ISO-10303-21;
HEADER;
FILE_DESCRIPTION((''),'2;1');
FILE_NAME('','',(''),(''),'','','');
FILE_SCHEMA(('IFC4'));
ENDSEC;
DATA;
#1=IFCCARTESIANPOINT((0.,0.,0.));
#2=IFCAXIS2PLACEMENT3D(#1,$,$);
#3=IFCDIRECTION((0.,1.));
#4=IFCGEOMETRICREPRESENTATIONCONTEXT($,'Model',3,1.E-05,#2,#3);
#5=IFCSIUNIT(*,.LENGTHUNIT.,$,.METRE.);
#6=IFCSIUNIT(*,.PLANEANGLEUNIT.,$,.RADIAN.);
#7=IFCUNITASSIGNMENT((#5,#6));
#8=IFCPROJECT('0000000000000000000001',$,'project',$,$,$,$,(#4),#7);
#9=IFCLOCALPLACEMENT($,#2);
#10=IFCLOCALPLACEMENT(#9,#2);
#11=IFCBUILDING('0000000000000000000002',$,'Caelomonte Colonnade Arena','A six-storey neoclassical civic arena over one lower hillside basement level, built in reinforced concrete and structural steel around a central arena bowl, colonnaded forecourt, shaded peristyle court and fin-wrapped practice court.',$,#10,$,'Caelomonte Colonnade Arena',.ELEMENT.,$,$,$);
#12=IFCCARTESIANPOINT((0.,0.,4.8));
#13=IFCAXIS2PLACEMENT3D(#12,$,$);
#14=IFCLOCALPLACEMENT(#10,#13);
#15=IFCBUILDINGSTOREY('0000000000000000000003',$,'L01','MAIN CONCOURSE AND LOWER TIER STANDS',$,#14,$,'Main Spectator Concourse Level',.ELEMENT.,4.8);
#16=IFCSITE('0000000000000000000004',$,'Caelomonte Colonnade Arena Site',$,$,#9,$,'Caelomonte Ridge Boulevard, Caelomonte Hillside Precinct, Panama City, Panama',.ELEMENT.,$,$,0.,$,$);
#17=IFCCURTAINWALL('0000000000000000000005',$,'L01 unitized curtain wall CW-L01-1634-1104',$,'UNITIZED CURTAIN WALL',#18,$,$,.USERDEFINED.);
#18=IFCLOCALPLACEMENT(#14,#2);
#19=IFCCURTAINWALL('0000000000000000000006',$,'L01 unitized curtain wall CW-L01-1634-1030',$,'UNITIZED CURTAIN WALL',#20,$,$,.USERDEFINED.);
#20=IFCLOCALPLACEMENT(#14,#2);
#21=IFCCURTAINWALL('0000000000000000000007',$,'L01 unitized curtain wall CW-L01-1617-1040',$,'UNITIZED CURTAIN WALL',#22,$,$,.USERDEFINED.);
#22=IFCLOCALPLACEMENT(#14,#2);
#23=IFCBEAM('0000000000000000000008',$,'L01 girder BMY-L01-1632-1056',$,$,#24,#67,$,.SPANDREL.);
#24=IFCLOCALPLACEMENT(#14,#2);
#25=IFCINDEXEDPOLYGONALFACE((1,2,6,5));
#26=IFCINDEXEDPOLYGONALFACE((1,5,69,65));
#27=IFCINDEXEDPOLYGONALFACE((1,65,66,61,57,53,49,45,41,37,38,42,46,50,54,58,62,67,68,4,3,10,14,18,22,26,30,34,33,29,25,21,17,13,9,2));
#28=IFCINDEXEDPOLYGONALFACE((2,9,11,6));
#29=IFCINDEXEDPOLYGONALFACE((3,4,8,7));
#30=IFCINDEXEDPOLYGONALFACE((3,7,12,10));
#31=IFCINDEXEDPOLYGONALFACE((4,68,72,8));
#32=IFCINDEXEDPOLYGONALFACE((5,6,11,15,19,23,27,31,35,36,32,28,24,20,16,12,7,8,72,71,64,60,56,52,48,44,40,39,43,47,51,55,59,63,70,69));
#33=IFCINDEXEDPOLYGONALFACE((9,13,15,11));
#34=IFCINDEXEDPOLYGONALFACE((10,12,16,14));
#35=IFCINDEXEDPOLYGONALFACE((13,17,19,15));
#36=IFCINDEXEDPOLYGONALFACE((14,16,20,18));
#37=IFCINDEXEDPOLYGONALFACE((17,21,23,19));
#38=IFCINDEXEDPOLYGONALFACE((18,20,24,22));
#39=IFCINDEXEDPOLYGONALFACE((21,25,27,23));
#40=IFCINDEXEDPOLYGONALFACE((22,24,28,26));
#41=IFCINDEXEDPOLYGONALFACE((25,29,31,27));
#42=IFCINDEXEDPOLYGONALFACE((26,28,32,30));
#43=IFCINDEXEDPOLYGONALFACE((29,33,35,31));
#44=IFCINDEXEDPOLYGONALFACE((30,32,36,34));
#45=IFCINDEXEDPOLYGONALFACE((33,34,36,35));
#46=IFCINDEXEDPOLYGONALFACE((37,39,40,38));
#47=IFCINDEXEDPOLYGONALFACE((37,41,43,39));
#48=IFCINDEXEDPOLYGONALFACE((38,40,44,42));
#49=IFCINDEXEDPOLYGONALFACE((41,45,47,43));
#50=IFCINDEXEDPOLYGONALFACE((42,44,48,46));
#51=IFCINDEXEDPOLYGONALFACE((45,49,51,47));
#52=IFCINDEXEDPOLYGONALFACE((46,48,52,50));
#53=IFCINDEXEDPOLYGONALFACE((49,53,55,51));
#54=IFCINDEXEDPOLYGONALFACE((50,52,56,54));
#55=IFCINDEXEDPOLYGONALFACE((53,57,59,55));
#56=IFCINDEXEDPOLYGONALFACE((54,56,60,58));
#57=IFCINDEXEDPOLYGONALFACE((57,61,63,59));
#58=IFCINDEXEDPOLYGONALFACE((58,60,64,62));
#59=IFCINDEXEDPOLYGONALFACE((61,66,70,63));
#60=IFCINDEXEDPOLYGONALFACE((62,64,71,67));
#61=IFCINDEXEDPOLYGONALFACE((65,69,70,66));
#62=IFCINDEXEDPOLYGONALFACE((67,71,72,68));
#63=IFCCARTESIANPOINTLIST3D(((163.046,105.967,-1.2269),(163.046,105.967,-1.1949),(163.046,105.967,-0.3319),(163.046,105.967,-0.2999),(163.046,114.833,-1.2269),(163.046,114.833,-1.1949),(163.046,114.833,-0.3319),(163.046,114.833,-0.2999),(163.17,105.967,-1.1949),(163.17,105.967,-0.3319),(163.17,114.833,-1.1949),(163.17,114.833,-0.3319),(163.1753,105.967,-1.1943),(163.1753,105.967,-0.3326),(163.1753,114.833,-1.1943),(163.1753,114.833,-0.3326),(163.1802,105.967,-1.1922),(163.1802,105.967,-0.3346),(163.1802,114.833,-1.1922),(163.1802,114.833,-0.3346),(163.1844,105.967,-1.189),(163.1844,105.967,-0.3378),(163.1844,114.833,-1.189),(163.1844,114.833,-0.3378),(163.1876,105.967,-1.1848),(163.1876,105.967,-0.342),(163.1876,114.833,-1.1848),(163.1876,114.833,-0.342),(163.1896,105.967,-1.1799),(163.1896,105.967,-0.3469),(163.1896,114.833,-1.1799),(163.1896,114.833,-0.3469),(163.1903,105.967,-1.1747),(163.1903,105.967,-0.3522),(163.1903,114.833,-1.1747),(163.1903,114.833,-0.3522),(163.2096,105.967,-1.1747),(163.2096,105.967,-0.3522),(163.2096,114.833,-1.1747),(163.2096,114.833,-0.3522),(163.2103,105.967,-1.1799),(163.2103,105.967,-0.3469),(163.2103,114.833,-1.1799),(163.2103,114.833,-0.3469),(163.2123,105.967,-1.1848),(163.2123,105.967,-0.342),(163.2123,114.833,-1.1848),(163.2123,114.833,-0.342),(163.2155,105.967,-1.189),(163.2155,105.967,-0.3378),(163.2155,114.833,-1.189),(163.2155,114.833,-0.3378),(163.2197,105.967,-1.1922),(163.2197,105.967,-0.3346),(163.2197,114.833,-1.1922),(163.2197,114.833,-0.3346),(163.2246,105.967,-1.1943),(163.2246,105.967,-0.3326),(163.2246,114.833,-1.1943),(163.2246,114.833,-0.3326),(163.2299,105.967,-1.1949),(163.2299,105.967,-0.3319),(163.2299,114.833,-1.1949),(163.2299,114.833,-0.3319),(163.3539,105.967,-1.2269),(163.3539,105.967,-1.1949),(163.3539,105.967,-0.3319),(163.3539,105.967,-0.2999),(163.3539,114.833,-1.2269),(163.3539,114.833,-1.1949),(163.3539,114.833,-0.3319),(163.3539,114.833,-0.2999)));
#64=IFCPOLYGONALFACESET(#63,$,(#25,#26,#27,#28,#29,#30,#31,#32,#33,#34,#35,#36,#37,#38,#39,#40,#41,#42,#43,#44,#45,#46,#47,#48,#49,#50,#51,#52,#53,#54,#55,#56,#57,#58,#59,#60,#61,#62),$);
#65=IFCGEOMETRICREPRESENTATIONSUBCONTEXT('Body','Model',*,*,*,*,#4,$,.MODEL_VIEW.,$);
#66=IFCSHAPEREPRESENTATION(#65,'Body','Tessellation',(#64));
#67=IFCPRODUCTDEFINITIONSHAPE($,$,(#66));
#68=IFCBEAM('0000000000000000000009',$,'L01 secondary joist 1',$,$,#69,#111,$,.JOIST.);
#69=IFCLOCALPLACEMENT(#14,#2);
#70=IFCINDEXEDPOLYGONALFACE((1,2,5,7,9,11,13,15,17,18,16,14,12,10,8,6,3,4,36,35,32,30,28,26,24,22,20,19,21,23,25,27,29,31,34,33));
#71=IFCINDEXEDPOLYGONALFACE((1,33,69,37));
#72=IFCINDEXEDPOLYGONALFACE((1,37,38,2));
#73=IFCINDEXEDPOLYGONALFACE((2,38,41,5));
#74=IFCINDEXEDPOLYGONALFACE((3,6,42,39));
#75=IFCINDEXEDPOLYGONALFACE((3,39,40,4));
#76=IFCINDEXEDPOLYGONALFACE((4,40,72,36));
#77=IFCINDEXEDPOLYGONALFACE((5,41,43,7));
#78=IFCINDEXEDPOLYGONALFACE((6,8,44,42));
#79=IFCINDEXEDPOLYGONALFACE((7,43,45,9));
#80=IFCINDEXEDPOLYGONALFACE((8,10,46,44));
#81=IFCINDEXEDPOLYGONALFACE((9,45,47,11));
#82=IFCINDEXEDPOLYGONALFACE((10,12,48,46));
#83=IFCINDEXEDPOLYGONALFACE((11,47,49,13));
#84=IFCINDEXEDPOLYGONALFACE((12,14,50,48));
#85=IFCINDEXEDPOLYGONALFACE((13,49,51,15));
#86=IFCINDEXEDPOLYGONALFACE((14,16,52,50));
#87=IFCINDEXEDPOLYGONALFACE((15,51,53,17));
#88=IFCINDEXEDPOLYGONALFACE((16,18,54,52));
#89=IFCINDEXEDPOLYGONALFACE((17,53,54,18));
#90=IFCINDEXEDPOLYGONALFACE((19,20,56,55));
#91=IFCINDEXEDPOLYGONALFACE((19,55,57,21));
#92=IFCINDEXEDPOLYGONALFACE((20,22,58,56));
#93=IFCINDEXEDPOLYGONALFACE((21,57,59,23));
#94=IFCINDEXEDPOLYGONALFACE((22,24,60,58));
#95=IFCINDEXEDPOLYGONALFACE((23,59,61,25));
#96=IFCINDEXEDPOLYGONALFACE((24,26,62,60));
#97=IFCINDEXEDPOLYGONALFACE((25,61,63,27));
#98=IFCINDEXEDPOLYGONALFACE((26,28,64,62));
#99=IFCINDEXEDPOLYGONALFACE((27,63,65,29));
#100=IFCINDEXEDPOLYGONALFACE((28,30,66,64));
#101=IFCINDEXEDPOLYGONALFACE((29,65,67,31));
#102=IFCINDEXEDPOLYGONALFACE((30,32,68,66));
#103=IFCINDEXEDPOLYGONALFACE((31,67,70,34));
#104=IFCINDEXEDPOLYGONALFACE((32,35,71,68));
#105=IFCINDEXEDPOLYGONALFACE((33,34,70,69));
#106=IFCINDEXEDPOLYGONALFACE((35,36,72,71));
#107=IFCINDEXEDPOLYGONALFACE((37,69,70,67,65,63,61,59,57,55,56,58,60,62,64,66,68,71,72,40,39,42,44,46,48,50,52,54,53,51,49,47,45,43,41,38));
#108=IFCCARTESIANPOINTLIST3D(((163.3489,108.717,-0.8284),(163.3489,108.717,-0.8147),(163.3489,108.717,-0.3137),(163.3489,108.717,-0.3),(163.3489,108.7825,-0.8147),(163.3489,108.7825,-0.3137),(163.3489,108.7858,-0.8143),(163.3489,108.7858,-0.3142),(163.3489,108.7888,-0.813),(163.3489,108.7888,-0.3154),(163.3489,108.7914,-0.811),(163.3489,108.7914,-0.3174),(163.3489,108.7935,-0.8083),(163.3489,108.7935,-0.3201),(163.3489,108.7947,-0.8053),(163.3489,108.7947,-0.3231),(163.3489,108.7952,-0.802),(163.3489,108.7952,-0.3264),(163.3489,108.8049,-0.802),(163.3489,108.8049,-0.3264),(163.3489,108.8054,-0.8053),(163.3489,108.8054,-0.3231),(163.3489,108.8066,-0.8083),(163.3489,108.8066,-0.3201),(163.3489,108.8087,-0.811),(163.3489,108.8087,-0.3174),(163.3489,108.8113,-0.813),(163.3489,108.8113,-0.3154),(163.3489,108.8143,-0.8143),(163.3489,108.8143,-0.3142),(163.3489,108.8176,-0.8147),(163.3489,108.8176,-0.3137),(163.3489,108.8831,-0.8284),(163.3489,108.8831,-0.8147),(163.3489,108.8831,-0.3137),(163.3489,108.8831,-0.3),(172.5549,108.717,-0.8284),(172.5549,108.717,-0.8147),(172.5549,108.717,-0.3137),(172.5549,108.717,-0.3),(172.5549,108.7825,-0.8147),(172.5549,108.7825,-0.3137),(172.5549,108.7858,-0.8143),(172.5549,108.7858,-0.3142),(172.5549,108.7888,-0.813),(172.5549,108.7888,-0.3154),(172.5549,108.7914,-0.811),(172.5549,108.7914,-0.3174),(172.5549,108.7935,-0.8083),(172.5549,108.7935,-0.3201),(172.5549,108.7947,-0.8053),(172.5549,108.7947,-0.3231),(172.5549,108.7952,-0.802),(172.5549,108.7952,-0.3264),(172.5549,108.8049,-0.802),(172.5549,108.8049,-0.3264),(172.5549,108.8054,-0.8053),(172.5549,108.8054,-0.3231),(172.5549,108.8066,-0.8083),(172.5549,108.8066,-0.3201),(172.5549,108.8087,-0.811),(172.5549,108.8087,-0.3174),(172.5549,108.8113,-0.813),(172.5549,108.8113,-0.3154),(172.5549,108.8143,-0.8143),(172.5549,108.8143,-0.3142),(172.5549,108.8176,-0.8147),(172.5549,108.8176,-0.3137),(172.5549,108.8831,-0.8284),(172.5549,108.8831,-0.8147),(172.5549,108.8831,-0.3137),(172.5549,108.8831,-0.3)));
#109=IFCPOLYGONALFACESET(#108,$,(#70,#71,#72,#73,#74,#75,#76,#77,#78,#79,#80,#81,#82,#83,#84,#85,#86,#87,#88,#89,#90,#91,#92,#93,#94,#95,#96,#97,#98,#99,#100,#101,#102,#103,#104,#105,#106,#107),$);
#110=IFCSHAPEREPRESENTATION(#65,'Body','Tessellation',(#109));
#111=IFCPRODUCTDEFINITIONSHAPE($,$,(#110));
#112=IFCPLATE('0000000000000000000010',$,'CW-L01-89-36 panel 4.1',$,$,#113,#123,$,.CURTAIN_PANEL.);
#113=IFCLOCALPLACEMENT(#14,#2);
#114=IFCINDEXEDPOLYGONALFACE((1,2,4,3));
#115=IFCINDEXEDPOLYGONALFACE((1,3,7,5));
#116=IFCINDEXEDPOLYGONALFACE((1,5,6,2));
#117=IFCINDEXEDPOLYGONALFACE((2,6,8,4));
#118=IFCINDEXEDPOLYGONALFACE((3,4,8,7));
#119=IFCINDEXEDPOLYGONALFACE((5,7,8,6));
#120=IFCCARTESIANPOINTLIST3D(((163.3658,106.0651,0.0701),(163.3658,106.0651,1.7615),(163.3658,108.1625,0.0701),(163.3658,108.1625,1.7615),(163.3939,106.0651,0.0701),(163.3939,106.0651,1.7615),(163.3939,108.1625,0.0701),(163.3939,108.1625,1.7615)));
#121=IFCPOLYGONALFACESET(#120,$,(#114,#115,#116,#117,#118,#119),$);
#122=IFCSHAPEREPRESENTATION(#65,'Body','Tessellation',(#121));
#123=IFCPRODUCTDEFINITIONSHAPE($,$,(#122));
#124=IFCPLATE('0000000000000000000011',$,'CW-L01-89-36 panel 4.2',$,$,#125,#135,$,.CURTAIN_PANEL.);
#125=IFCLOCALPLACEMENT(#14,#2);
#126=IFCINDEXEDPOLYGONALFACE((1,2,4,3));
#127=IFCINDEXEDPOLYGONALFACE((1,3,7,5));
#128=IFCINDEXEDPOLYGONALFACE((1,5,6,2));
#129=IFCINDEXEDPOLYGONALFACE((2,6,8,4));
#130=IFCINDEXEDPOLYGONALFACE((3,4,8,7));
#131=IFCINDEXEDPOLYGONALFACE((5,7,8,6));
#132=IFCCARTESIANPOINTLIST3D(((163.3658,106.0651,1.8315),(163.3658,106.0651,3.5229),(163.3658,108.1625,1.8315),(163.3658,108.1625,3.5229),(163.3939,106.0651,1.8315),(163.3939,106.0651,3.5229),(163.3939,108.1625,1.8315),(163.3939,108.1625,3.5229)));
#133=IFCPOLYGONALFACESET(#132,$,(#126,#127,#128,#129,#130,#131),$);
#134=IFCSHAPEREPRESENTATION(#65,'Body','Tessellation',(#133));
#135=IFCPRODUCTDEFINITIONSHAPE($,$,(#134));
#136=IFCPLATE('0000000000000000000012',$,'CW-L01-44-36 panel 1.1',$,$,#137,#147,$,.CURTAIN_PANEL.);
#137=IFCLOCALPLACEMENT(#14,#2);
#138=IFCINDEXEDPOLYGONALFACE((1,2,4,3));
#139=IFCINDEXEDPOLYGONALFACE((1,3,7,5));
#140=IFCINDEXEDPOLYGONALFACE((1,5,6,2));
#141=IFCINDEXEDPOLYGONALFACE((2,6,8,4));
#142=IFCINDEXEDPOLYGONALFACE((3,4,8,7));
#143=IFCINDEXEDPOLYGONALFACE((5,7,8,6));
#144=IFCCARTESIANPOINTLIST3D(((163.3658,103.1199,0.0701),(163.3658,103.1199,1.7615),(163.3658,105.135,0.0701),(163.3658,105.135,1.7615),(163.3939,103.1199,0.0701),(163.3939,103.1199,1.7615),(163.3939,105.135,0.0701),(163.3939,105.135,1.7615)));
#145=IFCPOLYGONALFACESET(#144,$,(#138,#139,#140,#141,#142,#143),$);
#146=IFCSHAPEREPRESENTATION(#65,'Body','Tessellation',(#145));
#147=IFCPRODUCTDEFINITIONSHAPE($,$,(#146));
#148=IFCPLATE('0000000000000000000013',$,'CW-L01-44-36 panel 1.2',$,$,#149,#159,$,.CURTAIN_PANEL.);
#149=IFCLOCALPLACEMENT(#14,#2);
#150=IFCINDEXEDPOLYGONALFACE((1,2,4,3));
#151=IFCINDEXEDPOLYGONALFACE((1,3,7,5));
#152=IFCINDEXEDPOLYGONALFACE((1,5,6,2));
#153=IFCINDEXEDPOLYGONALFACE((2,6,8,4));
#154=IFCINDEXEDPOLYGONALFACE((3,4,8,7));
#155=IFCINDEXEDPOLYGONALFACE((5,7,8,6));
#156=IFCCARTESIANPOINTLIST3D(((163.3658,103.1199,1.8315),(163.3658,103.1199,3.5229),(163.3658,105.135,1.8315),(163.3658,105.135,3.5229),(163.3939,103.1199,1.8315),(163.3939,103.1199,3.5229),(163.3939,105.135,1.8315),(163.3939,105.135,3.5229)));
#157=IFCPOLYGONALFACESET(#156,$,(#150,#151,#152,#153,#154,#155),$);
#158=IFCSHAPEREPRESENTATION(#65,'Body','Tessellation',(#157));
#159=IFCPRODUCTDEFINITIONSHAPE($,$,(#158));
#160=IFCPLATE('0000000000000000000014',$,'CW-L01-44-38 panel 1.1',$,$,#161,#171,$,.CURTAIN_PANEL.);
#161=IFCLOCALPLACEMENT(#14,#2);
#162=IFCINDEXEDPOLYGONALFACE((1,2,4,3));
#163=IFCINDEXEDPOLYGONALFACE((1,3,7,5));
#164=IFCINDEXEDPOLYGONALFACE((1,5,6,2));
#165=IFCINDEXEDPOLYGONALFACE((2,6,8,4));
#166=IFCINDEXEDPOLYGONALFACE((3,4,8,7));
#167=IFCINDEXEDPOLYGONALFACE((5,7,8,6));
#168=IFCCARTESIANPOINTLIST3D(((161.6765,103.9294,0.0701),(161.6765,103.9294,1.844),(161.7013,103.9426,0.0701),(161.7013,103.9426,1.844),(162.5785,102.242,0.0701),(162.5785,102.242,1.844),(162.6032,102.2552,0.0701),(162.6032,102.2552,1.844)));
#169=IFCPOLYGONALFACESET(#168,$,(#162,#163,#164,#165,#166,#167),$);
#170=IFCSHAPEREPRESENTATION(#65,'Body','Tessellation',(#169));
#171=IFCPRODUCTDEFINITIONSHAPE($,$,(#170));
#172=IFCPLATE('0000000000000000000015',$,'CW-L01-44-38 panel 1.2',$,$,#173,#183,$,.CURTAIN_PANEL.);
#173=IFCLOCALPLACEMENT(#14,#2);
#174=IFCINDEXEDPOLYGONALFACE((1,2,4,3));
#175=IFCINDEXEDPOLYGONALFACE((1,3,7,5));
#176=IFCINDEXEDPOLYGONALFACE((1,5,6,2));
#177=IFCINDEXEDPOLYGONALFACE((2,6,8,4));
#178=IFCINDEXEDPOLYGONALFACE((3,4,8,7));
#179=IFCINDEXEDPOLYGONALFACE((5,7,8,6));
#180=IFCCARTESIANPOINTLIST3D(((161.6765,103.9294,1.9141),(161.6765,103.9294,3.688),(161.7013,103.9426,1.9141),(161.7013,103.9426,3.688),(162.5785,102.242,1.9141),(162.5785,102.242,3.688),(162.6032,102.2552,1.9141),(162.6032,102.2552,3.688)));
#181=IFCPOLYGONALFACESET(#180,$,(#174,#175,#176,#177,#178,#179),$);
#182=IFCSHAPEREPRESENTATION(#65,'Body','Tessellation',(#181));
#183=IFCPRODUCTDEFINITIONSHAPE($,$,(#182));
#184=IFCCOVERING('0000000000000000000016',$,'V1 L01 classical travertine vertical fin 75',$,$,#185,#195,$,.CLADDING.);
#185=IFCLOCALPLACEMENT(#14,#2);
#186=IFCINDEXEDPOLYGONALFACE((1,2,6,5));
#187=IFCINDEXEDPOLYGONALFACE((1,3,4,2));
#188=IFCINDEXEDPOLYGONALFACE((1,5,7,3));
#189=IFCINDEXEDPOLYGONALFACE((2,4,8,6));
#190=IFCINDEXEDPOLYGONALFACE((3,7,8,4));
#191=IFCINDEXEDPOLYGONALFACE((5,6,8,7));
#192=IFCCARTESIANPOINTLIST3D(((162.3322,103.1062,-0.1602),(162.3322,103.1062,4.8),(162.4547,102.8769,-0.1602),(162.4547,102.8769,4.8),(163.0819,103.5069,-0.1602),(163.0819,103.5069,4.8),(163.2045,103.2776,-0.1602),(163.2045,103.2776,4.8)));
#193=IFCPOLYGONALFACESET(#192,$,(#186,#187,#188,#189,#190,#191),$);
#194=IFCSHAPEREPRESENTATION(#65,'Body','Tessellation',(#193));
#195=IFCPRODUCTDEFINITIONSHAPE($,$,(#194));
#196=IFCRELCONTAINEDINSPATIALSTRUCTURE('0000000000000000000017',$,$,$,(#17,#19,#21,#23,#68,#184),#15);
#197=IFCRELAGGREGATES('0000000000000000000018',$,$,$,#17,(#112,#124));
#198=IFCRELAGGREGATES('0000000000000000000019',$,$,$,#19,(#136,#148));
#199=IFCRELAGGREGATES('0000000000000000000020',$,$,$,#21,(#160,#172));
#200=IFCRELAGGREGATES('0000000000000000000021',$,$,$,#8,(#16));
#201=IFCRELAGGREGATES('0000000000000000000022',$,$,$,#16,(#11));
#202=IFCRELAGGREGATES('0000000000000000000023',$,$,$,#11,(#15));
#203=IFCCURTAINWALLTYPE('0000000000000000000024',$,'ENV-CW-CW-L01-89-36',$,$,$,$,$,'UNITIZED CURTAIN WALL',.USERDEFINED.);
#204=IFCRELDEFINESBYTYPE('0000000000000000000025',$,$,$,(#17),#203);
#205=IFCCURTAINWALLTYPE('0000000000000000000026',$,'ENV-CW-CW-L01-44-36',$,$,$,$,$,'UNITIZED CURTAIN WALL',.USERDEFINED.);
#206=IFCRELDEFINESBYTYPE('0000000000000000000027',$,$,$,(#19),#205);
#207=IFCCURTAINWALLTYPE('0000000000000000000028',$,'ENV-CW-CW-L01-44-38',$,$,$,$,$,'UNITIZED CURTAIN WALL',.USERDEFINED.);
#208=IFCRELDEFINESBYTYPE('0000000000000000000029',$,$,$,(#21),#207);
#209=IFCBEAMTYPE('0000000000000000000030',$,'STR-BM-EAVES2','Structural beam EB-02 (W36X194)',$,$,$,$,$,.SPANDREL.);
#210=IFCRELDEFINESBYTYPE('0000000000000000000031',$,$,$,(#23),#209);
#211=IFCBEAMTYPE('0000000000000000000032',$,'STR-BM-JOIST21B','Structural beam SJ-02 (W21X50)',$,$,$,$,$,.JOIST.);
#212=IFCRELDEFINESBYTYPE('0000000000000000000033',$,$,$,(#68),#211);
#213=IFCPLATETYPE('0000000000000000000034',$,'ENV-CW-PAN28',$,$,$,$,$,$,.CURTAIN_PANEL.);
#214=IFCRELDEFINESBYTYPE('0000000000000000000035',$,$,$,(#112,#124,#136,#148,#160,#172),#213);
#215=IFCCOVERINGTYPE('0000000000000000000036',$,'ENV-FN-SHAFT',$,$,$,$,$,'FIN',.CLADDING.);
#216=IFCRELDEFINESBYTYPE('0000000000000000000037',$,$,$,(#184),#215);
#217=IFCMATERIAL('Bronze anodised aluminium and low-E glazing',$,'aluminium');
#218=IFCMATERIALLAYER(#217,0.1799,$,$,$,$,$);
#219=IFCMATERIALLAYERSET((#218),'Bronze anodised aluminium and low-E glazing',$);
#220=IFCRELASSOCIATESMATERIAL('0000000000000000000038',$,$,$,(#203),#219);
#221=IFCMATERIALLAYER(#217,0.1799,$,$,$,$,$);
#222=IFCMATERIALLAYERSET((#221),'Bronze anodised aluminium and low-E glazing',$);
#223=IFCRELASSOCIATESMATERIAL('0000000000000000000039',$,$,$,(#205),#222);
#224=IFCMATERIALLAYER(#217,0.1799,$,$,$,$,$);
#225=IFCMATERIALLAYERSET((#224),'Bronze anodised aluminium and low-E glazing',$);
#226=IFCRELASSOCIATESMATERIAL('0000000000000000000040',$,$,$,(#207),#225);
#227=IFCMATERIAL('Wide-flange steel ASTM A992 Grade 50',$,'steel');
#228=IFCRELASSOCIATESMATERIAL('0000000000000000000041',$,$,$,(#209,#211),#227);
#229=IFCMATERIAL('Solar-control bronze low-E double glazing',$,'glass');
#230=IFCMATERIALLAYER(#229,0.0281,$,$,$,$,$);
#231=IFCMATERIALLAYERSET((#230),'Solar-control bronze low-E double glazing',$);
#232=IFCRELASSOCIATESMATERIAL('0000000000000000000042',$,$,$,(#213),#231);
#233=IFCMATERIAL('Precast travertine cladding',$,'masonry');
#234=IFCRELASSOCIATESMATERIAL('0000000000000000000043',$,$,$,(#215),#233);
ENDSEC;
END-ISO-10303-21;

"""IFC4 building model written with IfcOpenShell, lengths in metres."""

from ifc_helpers import new_model, si_unit, direction, frame, origin, origin_2d, place, context, subcontext, project, spatial, rectangle, i_section, extrude, material, layer, layer_set, material_profile, profile_set, type_object, element, aggregate, save


model = new_model("IFC4")

# Units and contexts
model_context = context("Model", 3, precision=1e-05, world=origin(), true_north=direction((0.0, 1.0)))
body_context = subcontext(model_context, "Body", "Model", "MODEL_VIEW")
ifc_project = project(units=[si_unit("LENGTHUNIT", "METRE"), si_unit("PLANEANGLEUNIT", "RADIAN")], contexts=[model_context])

# Site, building, storey
site_placement = place(None, origin())
site = spatial("IfcSite", under=ifc_project, at=site_placement, Name="Caelomonte Colonnade Arena Site", LongName="Caelomonte Ridge Boulevard, Caelomonte Hillside Precinct, Panama City, Panama", CompositionType="ELEMENT", RefElevation=0.0)
building_placement = place(site_placement, origin())
building = spatial("IfcBuilding", under=site, at=building_placement, Name="Caelomonte Colonnade Arena", Description="A six-storey neoclassical civic arena over one lower hillside basement level, built in reinforced concrete and structural steel around a central arena bowl, colonnaded forecourt, shaded peristyle court and fin-wrapped practice court.", LongName="Caelomonte Colonnade Arena", CompositionType="ELEMENT")
storey_placement = place(building_placement, frame((0.0, 0.0, 4.8)))
storey = spatial("IfcBuildingStorey", under=building, at=storey_placement, Name="L01", Description="MAIN CONCOURSE AND LOWER TIER STANDS", LongName="Main Spectator Concourse Level", CompositionType="ELEMENT", Elevation=4.8)

# Curtain wall
ifc_material_1 = material(Name="Bronze anodised aluminium and low-E glazing", Category="aluminium")
ifc_layer_1 = layer(ifc_material_1, 0.1799)
ifc_layer_set_1 = layer_set([ifc_layer_1], Name="Bronze anodised aluminium and low-E glazing")
curtain_wall_type_1 = type_object("IfcCurtainWallType", Name="ENV-CW-CW-L01-89-36", ElementType="UNITIZED CURTAIN WALL", PredefinedType="USERDEFINED", material=ifc_layer_set_1)
curtain_wall_1_placement = place(storey_placement, origin())
curtain_wall_1 = element("IfcCurtainWall", 1, at=curtain_wall_1_placement, inside=storey, type_object=curtain_wall_type_1, Name="L01 unitized curtain wall CW-L01-1634-1104", ObjectType="UNITIZED CURTAIN WALL", PredefinedType="USERDEFINED")

# Curtain walls
ifc_layer_2 = layer(ifc_material_1, 0.1799)
ifc_layer_set_2 = layer_set([ifc_layer_2], Name="Bronze anodised aluminium and low-E glazing")
curtain_wall_type_2 = type_object("IfcCurtainWallType", Name="ENV-CW-CW-L01-44-36", ElementType="UNITIZED CURTAIN WALL", PredefinedType="USERDEFINED", material=ifc_layer_set_2)
curtain_wall_2_placement = place(storey_placement, origin())
curtain_wall_2 = element("IfcCurtainWall", 2, at=curtain_wall_2_placement, inside=storey, type_object=curtain_wall_type_2, Name="L01 unitized curtain wall CW-L01-1634-1030", ObjectType="UNITIZED CURTAIN WALL", PredefinedType="USERDEFINED")
ifc_layer_3 = layer(ifc_material_1, 0.1799)
ifc_layer_set_3 = layer_set([ifc_layer_3], Name="Bronze anodised aluminium and low-E glazing")
curtain_wall_type_3 = type_object("IfcCurtainWallType", Name="ENV-CW-CW-L01-44-38", ElementType="UNITIZED CURTAIN WALL", PredefinedType="USERDEFINED", material=ifc_layer_set_3)
curtain_wall_3_placement = place(storey_placement, origin())
curtain_wall_3 = element("IfcCurtainWall", 3, at=curtain_wall_3_placement, inside=storey, type_object=curtain_wall_type_3, Name="L01 unitized curtain wall CW-L01-1617-1040", ObjectType="UNITIZED CURTAIN WALL", PredefinedType="USERDEFINED")

# Beams
ifc_material_2 = material(Name="Wide-flange steel ASTM A992 Grade 50", Category="steel")
ifc_material_profile_1 = material_profile(ifc_material_2, i_section(OverallWidth=0.3079, OverallDepth=0.927, WebThickness=0.0193, FlangeThickness=0.032, FilletRadius=0.0203, at=origin_2d()), Name="W36X194")
ifc_profile_set_1 = profile_set([ifc_material_profile_1], Name="Wide-flange steel ASTM A992 Grade 50")
beam_type_1 = type_object("IfcBeamType", Name="STR-BM-EAVES2", Description="Structural beam EB-02 (W36X194)", PredefinedType="SPANDREL", material=ifc_profile_set_1)
beam_1_placement = place(storey_placement, frame((163.2, 105.967, -0.7634), z_axis=(0.0, 1.0, 0.0), x_axis=(-1.0, 0.0, 0.0)))
element("IfcBeam", 4, at=beam_1_placement, inside=storey, type_object=beam_type_1, Name="L01 girder BMY-L01-1632-1056", PredefinedType="SPANDREL", context=body_context, shape_type="SweptSolid", body=[
    extrude(i_section(OverallWidth=0.3079, OverallDepth=0.927, WebThickness=0.0193, FlangeThickness=0.032, FilletRadius=0.0203, at=origin_2d()), origin(), (0.0, 0.0, 1.0), 8.866),
])
ifc_material_profile_2 = material_profile(ifc_material_2, i_section(OverallWidth=0.166, OverallDepth=0.5283, WebThickness=0.0098, FlangeThickness=0.0137, FilletRadius=0.0127, at=origin_2d()), Name="W21X50")
ifc_profile_set_2 = profile_set([ifc_material_profile_2], Name="Wide-flange steel ASTM A992 Grade 50")
beam_type_2 = type_object("IfcBeamType", Name="STR-BM-JOIST21B", Description="Structural beam SJ-02 (W21X50)", PredefinedType="JOIST", material=ifc_profile_set_2)
beam_2_placement = place(storey_placement, frame((163.3489, 108.8, -0.5642), z_axis=(1.0, 0.0, 0.0), x_axis=(0.0, 1.0, 0.0)))
element("IfcBeam", 5, at=beam_2_placement, inside=storey, type_object=beam_type_2, Name="L01 secondary joist 1", PredefinedType="JOIST", context=body_context, shape_type="SweptSolid", body=[
    extrude(i_section(OverallWidth=0.166, OverallDepth=0.5283, WebThickness=0.0098, FlangeThickness=0.0137, FilletRadius=0.0127, at=origin_2d()), origin(), (0.0, 0.0, 1.0), 9.2061),
])

# Plates
ifc_material_3 = material(Name="Solar-control bronze low-E double glazing", Category="glass")
ifc_layer_4 = layer(ifc_material_3, 0.0281)
ifc_layer_set_4 = layer_set([ifc_layer_4], Name="Solar-control bronze low-E double glazing")
plate_type = type_object("IfcPlateType", Name="ENV-CW-PAN28", PredefinedType="CURTAIN_PANEL", material=ifc_layer_set_4)
plate_1_placement = place(storey_placement, frame((163.3799, 107.1138, 0.0701), z_axis=(0.0, 0.0, 1.0), x_axis=(0.0, -1.0, 0.0)))
plate_1 = element("IfcPlate", 6, at=plate_1_placement, type_object=plate_type, Name="CW-L01-89-36 panel 4.1", PredefinedType="CURTAIN_PANEL", context=body_context, shape_type="SweptSolid", body=[
    extrude(rectangle(XDim=2.0974, YDim=0.0281, at=origin_2d()), origin(), (0.0, 0.0, 1.0), 1.6914),
])
plate_2_placement = place(storey_placement, frame((163.3799, 107.1138, 1.8315), z_axis=(0.0, 0.0, 1.0), x_axis=(0.0, -1.0, 0.0)))
plate_2 = element("IfcPlate", 7, at=plate_2_placement, type_object=plate_type, Name="CW-L01-89-36 panel 4.2", PredefinedType="CURTAIN_PANEL", context=body_context, shape_type="SweptSolid", body=[
    extrude(rectangle(XDim=2.0974, YDim=0.0281, at=origin_2d()), origin(), (0.0, 0.0, 1.0), 1.6914),
])
aggregate(curtain_wall_1, [plate_1, plate_2])
plate_3_placement = place(storey_placement, frame((163.3799, 104.1274, 0.0701), z_axis=(0.0, 0.0, 1.0), x_axis=(0.0, -1.0, 0.0)))
plate_3 = element("IfcPlate", 8, at=plate_3_placement, type_object=plate_type, Name="CW-L01-44-36 panel 1.1", PredefinedType="CURTAIN_PANEL", context=body_context, shape_type="SweptSolid", body=[
    extrude(rectangle(XDim=2.0151, YDim=0.0281, at=origin_2d()), origin(), (0.0, 0.0, 1.0), 1.6914),
])
plate_4_placement = place(storey_placement, frame((163.3799, 104.1274, 1.8315), z_axis=(0.0, 0.0, 1.0), x_axis=(0.0, -1.0, 0.0)))
plate_4 = element("IfcPlate", 9, at=plate_4_placement, type_object=plate_type, Name="CW-L01-44-36 panel 1.2", PredefinedType="CURTAIN_PANEL", context=body_context, shape_type="SweptSolid", body=[
    extrude(rectangle(XDim=2.0151, YDim=0.0281, at=origin_2d()), origin(), (0.0, 0.0, 1.0), 1.6914),
])
aggregate(curtain_wall_2, [plate_3, plate_4])
plate_5_placement = place(storey_placement, frame((162.1399, 103.0923, 0.0701), z_axis=(0.0, 0.0, 1.0), x_axis=(-0.471394, 0.881923, 0.0)))
plate_5 = element("IfcPlate", 10, at=plate_5_placement, type_object=plate_type, Name="CW-L01-44-38 panel 1.1", PredefinedType="CURTAIN_PANEL", context=body_context, shape_type="SweptSolid", body=[
    extrude(rectangle(XDim=1.9133, YDim=0.0281, at=origin_2d()), origin(), (0.0, 0.0, 1.0), 1.7739),
])
plate_6_placement = place(storey_placement, frame((162.1399, 103.0923, 1.9141), z_axis=(0.0, 0.0, 1.0), x_axis=(-0.471394, 0.881923, 0.0)))
plate_6 = element("IfcPlate", 11, at=plate_6_placement, type_object=plate_type, Name="CW-L01-44-38 panel 1.2", PredefinedType="CURTAIN_PANEL", context=body_context, shape_type="SweptSolid", body=[
    extrude(rectangle(XDim=1.9133, YDim=0.0281, at=origin_2d()), origin(), (0.0, 0.0, 1.0), 1.7739),
])
aggregate(curtain_wall_3, [plate_5, plate_6])

# Covering
ifc_material_4 = material(Name="Precast travertine cladding", Category="masonry")
ifc_material_profile_3 = material_profile(ifc_material_4, rectangle(XDim=0.26, YDim=0.8501, at=origin_2d()), Name="FIN260X850")
ifc_profile_set_3 = profile_set([ifc_material_profile_3], Name="Precast travertine cladding")
covering_type = type_object("IfcCoveringType", Name="ENV-FN-SHAFT", ElementType="FIN", PredefinedType="CLADDING", material=ifc_profile_set_3)
for number, where, z_axis, x_axis, name in (
    (12, (162.7683, 103.1919, -0.1602), (0.0, 0.0, 1.0), (0.471397, -0.881921, 0.0), "V1 L01 classical travertine vertical fin 75"),
):
    element("IfcCovering", number, at=place(storey_placement, frame(where, z_axis=z_axis, x_axis=x_axis)), inside=storey, type_object=covering_type, Name=name, PredefinedType="CLADDING", context=body_context, shape_type="SweptSolid", body=[
        extrude(rectangle(XDim=0.26, YDim=0.8501, at=origin_2d()), origin(), (0.0, 0.0, 1.0), 4.9602),
    ])

save(model, "model.ifc")
